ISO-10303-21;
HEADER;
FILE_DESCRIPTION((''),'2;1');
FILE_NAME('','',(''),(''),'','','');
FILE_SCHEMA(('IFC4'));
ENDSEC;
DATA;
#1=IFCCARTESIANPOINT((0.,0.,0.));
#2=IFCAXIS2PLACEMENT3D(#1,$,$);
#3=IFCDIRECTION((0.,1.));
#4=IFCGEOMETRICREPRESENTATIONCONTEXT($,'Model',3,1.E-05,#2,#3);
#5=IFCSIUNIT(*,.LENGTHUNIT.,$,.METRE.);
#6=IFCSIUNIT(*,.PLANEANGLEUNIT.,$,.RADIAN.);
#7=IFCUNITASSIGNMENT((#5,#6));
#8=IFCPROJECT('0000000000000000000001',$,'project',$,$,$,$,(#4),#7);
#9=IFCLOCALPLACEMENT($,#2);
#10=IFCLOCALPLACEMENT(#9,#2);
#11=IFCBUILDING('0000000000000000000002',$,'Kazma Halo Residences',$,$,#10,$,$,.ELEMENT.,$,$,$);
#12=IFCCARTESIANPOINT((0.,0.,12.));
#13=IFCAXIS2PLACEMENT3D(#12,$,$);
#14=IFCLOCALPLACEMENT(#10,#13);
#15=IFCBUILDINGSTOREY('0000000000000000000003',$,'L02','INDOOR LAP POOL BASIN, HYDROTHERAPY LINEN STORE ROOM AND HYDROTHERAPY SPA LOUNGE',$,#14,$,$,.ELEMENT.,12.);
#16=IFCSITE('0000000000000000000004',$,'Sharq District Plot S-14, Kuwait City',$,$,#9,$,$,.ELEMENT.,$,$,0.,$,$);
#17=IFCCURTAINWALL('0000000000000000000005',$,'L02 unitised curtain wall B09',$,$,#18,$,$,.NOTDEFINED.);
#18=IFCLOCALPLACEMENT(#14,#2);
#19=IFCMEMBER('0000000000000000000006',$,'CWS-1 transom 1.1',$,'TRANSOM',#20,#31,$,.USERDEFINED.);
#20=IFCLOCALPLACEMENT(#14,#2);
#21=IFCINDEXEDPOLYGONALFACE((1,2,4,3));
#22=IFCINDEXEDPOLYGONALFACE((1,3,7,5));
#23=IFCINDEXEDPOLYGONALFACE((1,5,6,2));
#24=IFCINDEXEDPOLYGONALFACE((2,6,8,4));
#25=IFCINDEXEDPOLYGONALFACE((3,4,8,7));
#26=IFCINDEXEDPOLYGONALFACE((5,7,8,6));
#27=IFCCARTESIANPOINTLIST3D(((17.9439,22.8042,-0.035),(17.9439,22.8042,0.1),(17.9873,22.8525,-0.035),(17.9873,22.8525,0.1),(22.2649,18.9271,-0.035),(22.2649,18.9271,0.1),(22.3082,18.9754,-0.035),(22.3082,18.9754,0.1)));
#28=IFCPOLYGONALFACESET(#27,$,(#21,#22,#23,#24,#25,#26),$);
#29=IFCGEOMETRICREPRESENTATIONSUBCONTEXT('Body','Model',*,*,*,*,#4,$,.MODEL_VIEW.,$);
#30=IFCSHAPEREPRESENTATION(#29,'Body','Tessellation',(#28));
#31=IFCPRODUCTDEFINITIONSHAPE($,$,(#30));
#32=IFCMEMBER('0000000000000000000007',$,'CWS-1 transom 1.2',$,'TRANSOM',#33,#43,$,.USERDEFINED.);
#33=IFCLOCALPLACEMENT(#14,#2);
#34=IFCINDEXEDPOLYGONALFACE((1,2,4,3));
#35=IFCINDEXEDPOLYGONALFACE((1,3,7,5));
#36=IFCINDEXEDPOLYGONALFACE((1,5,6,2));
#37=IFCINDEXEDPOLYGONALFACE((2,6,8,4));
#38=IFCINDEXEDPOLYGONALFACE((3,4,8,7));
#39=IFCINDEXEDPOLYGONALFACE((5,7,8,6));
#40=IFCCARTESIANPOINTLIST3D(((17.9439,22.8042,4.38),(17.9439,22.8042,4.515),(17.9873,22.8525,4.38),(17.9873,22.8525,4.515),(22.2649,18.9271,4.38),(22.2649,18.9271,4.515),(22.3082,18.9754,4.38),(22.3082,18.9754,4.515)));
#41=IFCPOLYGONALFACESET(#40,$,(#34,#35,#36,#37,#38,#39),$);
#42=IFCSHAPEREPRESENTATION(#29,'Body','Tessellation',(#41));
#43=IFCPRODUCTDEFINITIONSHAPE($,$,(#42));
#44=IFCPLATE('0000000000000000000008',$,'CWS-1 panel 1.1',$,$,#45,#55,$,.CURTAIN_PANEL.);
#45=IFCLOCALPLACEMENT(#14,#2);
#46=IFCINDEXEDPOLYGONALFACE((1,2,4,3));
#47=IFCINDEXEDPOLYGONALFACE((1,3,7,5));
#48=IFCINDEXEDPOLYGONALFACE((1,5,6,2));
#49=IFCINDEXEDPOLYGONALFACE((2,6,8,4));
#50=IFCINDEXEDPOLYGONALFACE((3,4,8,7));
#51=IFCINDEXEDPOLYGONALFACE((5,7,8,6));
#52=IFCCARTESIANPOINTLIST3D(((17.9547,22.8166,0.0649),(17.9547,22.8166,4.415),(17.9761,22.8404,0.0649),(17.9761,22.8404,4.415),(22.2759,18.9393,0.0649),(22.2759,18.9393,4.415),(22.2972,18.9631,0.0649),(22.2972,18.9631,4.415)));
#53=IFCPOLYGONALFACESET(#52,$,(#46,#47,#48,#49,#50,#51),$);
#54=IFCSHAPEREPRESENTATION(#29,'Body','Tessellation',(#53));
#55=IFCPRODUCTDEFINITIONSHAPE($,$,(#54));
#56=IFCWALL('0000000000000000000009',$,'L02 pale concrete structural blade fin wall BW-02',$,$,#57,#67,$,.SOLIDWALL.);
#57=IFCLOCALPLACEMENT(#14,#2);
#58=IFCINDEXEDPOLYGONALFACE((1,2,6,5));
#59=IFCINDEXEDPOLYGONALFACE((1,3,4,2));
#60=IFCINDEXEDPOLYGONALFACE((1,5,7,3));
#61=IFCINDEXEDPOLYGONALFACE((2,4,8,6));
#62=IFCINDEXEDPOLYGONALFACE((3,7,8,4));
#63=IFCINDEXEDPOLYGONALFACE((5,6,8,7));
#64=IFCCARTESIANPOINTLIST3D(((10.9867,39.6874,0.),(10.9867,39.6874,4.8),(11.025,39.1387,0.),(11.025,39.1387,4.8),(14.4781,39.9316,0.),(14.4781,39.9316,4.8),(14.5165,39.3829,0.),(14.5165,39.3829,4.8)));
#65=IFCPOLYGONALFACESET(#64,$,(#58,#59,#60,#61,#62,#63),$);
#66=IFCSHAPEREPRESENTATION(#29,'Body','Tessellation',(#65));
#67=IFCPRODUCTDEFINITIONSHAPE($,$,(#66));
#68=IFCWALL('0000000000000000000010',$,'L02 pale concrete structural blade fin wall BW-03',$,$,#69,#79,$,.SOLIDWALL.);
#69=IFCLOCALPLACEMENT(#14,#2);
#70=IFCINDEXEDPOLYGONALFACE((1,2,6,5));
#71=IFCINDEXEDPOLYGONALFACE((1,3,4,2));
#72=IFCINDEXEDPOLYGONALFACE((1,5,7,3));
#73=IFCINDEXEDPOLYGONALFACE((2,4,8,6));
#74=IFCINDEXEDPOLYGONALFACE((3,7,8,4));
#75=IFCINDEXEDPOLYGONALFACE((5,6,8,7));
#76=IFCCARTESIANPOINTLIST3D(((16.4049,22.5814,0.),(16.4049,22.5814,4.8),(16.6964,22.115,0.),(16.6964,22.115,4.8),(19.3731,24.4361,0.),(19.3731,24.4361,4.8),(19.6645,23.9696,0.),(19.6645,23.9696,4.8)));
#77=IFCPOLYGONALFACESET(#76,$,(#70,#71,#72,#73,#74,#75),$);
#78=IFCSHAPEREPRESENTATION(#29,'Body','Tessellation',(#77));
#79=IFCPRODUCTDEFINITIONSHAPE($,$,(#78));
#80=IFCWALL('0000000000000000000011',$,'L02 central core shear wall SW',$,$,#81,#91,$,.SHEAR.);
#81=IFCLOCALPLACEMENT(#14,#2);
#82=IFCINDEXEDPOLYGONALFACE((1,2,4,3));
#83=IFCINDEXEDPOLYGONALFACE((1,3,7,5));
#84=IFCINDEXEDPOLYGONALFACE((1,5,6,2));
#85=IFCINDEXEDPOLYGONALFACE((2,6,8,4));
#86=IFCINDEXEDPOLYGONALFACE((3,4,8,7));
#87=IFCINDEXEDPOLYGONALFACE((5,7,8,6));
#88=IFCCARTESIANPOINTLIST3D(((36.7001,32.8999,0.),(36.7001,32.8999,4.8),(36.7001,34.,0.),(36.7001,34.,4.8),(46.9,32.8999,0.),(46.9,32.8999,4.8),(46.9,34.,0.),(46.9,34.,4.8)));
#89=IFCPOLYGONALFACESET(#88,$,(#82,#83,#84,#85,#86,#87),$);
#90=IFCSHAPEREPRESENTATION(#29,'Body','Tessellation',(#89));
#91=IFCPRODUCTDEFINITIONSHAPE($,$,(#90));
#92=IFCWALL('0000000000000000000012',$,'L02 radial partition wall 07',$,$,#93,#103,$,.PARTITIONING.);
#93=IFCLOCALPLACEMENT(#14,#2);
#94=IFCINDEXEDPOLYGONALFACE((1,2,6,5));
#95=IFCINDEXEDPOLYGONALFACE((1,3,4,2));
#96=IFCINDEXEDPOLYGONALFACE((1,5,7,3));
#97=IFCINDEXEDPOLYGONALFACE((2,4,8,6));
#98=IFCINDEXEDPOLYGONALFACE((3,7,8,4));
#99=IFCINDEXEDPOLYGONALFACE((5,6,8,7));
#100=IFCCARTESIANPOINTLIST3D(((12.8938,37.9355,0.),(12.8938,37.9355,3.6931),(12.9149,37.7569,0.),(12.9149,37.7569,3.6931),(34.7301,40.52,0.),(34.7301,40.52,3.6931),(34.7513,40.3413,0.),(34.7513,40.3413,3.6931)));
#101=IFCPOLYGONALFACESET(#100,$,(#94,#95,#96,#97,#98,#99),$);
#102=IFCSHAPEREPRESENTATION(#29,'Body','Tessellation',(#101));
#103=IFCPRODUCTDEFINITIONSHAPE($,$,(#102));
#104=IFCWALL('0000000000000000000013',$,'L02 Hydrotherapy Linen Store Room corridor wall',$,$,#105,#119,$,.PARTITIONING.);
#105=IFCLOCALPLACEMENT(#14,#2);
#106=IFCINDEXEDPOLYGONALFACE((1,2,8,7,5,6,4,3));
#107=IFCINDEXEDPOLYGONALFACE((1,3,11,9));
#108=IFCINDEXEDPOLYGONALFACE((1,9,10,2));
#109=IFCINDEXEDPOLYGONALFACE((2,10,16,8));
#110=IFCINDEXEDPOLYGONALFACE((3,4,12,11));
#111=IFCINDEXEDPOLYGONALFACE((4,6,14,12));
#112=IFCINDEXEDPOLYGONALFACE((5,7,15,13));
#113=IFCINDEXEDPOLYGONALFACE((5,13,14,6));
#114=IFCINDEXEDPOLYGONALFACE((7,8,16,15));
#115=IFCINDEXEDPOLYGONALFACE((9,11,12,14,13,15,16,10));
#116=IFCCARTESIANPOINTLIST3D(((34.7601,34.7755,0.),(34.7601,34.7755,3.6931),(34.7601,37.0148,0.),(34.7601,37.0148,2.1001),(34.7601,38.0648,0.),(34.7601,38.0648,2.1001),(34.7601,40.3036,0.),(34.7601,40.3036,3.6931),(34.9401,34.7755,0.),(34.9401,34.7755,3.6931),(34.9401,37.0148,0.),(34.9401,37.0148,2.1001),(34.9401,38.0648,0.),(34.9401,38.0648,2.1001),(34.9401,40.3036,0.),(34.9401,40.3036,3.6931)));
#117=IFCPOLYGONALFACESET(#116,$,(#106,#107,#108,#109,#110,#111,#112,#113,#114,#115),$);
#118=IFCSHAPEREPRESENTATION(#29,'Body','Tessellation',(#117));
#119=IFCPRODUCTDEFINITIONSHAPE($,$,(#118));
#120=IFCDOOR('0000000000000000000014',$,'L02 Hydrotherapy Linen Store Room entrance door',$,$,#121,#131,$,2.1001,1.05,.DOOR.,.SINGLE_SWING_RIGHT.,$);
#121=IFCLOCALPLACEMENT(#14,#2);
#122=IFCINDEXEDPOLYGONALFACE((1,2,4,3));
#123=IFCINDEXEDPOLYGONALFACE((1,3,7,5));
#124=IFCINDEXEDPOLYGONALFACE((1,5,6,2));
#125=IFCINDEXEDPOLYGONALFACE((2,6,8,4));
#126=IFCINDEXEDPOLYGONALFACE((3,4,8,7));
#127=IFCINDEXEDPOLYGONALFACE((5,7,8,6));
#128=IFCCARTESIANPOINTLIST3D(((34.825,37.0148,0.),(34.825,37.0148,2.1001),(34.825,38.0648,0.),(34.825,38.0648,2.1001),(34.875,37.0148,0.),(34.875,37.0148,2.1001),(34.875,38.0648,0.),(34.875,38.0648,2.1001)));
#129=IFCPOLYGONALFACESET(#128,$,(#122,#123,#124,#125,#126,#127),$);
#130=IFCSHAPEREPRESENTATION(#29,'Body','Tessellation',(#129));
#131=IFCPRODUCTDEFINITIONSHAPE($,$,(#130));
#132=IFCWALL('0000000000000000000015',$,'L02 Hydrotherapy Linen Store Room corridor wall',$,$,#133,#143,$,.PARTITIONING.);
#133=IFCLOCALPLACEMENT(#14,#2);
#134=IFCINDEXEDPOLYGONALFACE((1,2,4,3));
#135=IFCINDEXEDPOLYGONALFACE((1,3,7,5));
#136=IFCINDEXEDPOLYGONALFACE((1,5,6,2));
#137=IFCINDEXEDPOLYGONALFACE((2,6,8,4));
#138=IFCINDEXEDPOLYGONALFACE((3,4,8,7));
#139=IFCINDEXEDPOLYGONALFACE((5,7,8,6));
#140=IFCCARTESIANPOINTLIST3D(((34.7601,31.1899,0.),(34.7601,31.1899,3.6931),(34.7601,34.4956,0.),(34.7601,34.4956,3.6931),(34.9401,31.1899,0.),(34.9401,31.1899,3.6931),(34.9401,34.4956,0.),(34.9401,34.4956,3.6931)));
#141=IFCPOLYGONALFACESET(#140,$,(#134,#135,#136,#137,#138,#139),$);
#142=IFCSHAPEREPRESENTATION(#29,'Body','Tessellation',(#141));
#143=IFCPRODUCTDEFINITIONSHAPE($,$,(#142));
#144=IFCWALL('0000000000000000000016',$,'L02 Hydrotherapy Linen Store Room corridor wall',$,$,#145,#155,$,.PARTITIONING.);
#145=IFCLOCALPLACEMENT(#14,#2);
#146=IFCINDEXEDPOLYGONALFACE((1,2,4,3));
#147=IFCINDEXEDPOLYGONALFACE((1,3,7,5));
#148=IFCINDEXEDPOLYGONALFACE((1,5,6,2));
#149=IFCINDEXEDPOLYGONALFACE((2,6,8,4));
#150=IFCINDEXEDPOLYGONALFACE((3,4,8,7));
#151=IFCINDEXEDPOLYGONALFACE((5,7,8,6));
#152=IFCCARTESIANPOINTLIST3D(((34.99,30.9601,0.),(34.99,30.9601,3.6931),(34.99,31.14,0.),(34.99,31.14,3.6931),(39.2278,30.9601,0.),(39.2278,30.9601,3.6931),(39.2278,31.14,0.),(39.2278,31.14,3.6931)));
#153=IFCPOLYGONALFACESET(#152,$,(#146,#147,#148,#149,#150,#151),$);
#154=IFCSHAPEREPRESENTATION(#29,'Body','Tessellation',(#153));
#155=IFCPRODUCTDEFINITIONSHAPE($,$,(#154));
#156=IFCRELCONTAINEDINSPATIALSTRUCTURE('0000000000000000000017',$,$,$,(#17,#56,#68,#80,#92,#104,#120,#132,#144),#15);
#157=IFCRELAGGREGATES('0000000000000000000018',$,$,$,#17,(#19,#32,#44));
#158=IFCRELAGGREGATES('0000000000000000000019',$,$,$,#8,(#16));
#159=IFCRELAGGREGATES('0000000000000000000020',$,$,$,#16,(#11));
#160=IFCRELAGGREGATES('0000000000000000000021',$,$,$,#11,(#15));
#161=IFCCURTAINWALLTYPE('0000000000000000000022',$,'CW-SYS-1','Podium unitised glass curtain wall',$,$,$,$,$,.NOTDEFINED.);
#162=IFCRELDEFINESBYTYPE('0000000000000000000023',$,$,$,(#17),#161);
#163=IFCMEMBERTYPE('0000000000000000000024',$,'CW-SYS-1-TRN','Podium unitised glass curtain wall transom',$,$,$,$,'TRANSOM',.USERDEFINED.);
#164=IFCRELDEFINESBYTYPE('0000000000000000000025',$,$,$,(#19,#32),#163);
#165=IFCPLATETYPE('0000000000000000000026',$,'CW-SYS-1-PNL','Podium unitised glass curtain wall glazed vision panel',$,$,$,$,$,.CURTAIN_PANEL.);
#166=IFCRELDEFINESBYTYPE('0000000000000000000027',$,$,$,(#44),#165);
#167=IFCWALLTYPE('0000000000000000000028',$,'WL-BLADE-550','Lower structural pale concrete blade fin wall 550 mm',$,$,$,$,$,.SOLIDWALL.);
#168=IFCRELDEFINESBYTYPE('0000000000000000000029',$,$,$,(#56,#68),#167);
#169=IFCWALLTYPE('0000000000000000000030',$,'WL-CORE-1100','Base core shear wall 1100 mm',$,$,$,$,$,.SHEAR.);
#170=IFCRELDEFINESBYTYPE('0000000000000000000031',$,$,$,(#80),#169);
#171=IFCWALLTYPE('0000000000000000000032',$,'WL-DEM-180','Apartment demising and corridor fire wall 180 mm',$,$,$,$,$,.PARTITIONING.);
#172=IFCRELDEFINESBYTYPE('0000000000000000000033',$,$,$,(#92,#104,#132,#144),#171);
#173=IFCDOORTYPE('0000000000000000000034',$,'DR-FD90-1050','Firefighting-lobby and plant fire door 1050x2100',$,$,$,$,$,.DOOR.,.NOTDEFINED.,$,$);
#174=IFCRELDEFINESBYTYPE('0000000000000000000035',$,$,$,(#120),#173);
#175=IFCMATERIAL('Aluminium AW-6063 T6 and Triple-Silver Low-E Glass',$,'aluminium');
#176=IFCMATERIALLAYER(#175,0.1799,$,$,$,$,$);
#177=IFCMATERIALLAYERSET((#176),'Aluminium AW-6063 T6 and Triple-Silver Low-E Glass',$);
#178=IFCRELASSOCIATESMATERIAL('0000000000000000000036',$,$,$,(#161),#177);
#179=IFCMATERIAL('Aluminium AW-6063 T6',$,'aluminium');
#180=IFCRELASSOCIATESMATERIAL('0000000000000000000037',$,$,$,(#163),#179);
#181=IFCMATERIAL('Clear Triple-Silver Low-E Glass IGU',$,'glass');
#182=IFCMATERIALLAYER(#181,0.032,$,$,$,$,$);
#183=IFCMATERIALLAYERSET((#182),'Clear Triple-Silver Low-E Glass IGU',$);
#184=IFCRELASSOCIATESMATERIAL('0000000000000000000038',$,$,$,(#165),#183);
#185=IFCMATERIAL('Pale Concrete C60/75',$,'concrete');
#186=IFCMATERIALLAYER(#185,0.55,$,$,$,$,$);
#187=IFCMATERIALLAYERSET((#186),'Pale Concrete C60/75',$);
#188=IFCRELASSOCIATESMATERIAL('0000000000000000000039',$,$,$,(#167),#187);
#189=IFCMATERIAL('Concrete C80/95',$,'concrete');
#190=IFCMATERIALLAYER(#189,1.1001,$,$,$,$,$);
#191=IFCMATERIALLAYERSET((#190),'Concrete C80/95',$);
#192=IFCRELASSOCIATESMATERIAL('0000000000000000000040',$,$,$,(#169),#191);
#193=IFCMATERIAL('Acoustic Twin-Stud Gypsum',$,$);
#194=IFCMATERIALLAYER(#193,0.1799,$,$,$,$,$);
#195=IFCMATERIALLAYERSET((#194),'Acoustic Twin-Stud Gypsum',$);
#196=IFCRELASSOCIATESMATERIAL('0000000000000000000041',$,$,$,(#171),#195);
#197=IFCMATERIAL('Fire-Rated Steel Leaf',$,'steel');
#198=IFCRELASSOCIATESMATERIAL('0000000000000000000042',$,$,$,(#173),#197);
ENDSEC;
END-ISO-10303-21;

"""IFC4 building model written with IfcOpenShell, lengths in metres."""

from ifc_helpers import new_model, si_unit, direction, frame, frame_2d, origin, origin_2d, place, context, subcontext, project, spatial, rectangle, extrude, material, layer, layer_set, material_profile, profile_set, type_object, element, fill, aggregate, save


model = new_model("IFC4")

# Units and contexts
model_context = context("Model", 3, precision=1e-05, world=origin(), true_north=direction((0.0, 1.0)))
body_context = subcontext(model_context, "Body", "Model", "MODEL_VIEW")
ifc_project = project(units=[si_unit("LENGTHUNIT", "METRE"), si_unit("PLANEANGLEUNIT", "RADIAN")], contexts=[model_context])

# Site, building, storey
site_placement = place(None, origin())
site = spatial("IfcSite", under=ifc_project, at=site_placement, Name="Sharq District Plot S-14, Kuwait City", CompositionType="ELEMENT", RefElevation=0.0)
building_placement = place(site_placement, origin())
building = spatial("IfcBuilding", under=site, at=building_placement, Name="Kazma Halo Residences", CompositionType="ELEMENT")
storey_placement = place(building_placement, frame((0.0, 0.0, 12.0)))
storey = spatial("IfcBuildingStorey", under=building, at=storey_placement, Name="L02", Description="INDOOR LAP POOL BASIN, HYDROTHERAPY LINEN STORE ROOM AND HYDROTHERAPY SPA LOUNGE", CompositionType="ELEMENT", Elevation=12.0)

# Shared definitions
ifc_material_1 = material(Name="Concrete C80/95", Category="concrete")

# Shared definitions
ifc_material_2 = material(Name="Aluminium AW-6063 T6 and Triple-Silver Low-E Glass", Category="aluminium")
ifc_layer_1 = layer(ifc_material_2, 0.1799)
ifc_layer_set_1 = layer_set([ifc_layer_1], Name="Aluminium AW-6063 T6 and Triple-Silver Low-E Glass")
curtain_wall_type = type_object("IfcCurtainWallType", Name="CW-SYS-1", Description="Podium unitised glass curtain wall", PredefinedType="NOTDEFINED", material=ifc_layer_set_1)
ifc_material_3 = material(Name="Aluminium AW-6063 T6", Category="aluminium")

# Curtain wall, members, plate
curtain_wall_1_placement = place(storey_placement, origin())
curtain_wall_1 = element("IfcCurtainWall", 1, at=curtain_wall_1_placement, inside=storey, type_object=curtain_wall_type, Name="L02 unitised curtain wall B09", PredefinedType="NOTDEFINED")
ifc_material_profile_1 = material_profile(ifc_material_3, rectangle(XDim=0.0649, YDim=0.135, at=origin_2d()), Name="CWT-65x135")
ifc_profile_set_1 = profile_set([ifc_material_profile_1], Name="Aluminium AW-6063 T6")
member_type_1 = type_object("IfcMemberType", Name="CW-SYS-1-TRN", Description="Podium unitised glass curtain wall transom", ElementType="TRANSOM", PredefinedType="USERDEFINED", material=ifc_profile_set_1)
member_1_placement = place(storey_placement, frame((17.9656, 22.8284, 0.0325), z_axis=(0.744299, -0.667846, 0.0), x_axis=(0.667846, 0.744299, 0.0)))
member_1 = element("IfcMember", 2, at=member_1_placement, type_object=member_type_1, Name="CWS-1 transom 1.1", ObjectType="TRANSOM", PredefinedType="USERDEFINED", context=body_context, shape_type="SweptSolid", body=[
    extrude(rectangle(XDim=0.0649, YDim=0.135, at=origin_2d()), origin(), (0.0, 0.0, 1.0), 5.8054),
])
member_2_placement = place(storey_placement, frame((17.9656, 22.8284, 4.4475), z_axis=(0.744299, -0.667846, 0.0), x_axis=(0.667846, 0.744299, 0.0)))
member_2 = element("IfcMember", 3, at=member_2_placement, type_object=member_type_1, Name="CWS-1 transom 1.2", ObjectType="TRANSOM", PredefinedType="USERDEFINED", context=body_context, shape_type="SweptSolid", body=[
    extrude(rectangle(XDim=0.0649, YDim=0.135, at=origin_2d()), origin(), (0.0, 0.0, 1.0), 5.8054),
])
ifc_material_4 = material(Name="Clear Triple-Silver Low-E Glass IGU", Category="glass")
ifc_layer_2 = layer(ifc_material_4, 0.032)
ifc_layer_set_2 = layer_set([ifc_layer_2], Name="Clear Triple-Silver Low-E Glass IGU")
plate_type = type_object("IfcPlateType", Name="CW-SYS-1-PNL", Description="Podium unitised glass curtain wall glazed vision panel", PredefinedType="CURTAIN_PANEL", material=ifc_layer_set_2)
plate_placement = place(storey_placement, frame((20.126, 20.8899, 0.0649), z_axis=(0.0, 0.0, 1.0), x_axis=(0.744298, -0.667848, 0.0)))
plate = element("IfcPlate", 4, at=plate_placement, type_object=plate_type, Name="CWS-1 panel 1.1", PredefinedType="CURTAIN_PANEL", context=body_context, shape_type="SweptSolid", body=[
    extrude(rectangle(XDim=5.8057, YDim=0.032, at=origin_2d()), origin(), (0.0, 0.0, 1.0), 4.3501),
])
aggregate(curtain_wall_1, [member_1, member_2, plate])

# Walls
ifc_material_5 = material(Name="Pale Concrete C60/75", Category="concrete")
ifc_layer_3 = layer(ifc_material_5, 0.55)
ifc_layer_set_3 = layer_set([ifc_layer_3], Name="Pale Concrete C60/75")
wall_type_1 = type_object("IfcWallType", Name="WL-BLADE-550", Description="Lower structural pale concrete blade fin wall 550 mm", PredefinedType="SOLIDWALL", material=ifc_layer_set_3)
for number, where, z_axis, x_axis, name in (
    (5, (14.4973, 39.6572, 0.0), (0.0, 0.0, 1.0), (-0.997564, -0.069755, 0.0), "L02 pale concrete structural blade fin wall BW-02"),
    (6, (19.5188, 24.2029, 0.0), (0.0, 0.0, 1.0), (-0.848053, -0.529911, 0.0), "L02 pale concrete structural blade fin wall BW-03"),
):
    element("IfcWall", number, at=place(storey_placement, frame(where, z_axis=z_axis, x_axis=x_axis)), inside=storey, type_object=wall_type_1, Name=name, PredefinedType="SOLIDWALL", context=body_context, shape_type="SweptSolid", body=[
        extrude(rectangle(XDim=3.5, YDim=0.55, at=frame_2d((1.75, 0.0))), origin(), (0.0, 0.0, 1.0), 4.8),
    ])
ifc_layer_4 = layer(ifc_material_1, 1.1001)
ifc_layer_set_4 = layer_set([ifc_layer_4], Name="Concrete C80/95")
wall_type_2 = type_object("IfcWallType", Name="WL-CORE-1100", Description="Base core shear wall 1100 mm", PredefinedType="SHEAR", material=ifc_layer_set_4)
wall_1_placement = place(storey_placement, frame((36.7, 33.45, 0.0), z_axis=(0.0, 0.0, 1.0), x_axis=(1.0, 0.0, 0.0)))
element("IfcWall", 7, at=wall_1_placement, inside=storey, type_object=wall_type_2, Name="L02 central core shear wall SW", PredefinedType="SHEAR", context=body_context, shape_type="SweptSolid", body=[
    extrude(rectangle(XDim=10.2, YDim=1.1001, at=frame_2d((5.1001, 0.0))), origin(), (0.0, 0.0, 1.0), 4.8),
])
ifc_material_6 = material(Name="Acoustic Twin-Stud Gypsum")
ifc_layer_5 = layer(ifc_material_6, 0.1799)
ifc_layer_set_5 = layer_set([ifc_layer_5], Name="Acoustic Twin-Stud Gypsum")
wall_type_3 = type_object("IfcWallType", Name="WL-DEM-180", Description="Apartment demising and corridor fire wall 180 mm", PredefinedType="PARTITIONING", material=ifc_layer_set_5)
wall_2_placement = place(storey_placement, frame((34.7407, 40.4307, 0.0), z_axis=(0.0, 0.0, 1.0), x_axis=(-0.993069, -0.117536, 0.0)))
element("IfcWall", 8, at=wall_2_placement, inside=storey, type_object=wall_type_3, Name="L02 radial partition wall 07", PredefinedType="PARTITIONING", context=body_context, shape_type="SweptSolid", body=[
    extrude(rectangle(XDim=21.9888, YDim=0.1799, at=frame_2d((10.9944, 0.0))), origin(), (0.0, 0.0, 1.0), 3.6931),
])

# Wall, opening, door
wall_3_placement = place(storey_placement, frame((34.8501, 40.3037, 0.0), z_axis=(0.0, 0.0, 1.0), x_axis=(0.0, -1.0, 0.0)))
wall_3 = element("IfcWall", 9, at=wall_3_placement, inside=storey, type_object=wall_type_3, Name="L02 Hydrotherapy Linen Store Room corridor wall", PredefinedType="PARTITIONING", context=body_context, shape_type="SweptSolid", body=[
    extrude(rectangle(XDim=5.5281, YDim=0.1799, at=frame_2d((2.7642, 0.0))), origin(), (0.0, 0.0, 1.0), 3.6931),
])
opening_1_placement = place(wall_3_placement, frame((2.239, 0.0, 0.0)))
opening_1 = element("IfcOpeningElement", 10, at=opening_1_placement, cuts=wall_3, PredefinedType="OPENING", context=body_context, shape_type="SweptSolid", body=[
    extrude(rectangle(XDim=1.05, YDim=2.1001, at=frame_2d((0.5249, 1.05))), frame((0.0, 0.0999, 0.0), z_axis=(0.0, -1.0, 0.0), x_axis=(1.0, 0.0, 0.0)), (0.0, 0.0, 1.0), 0.2),
])
ifc_material_7 = material(Name="Fire-Rated Steel Leaf", Category="steel")
door_type = type_object("IfcDoorType", Name="DR-FD90-1050", Description="Firefighting-lobby and plant fire door 1050x2100", OperationType="NOTDEFINED", PredefinedType="DOOR", material=ifc_material_7)
door_placement = place(opening_1_placement, origin())
door = element("IfcDoor", 11, at=door_placement, inside=storey, type_object=door_type, Name="L02 Hydrotherapy Linen Store Room entrance door", OperationType="SINGLE_SWING_RIGHT", OverallHeight=2.1001, OverallWidth=1.05, PredefinedType="DOOR", context=body_context, shape_type="SweptSolid", body=[
    extrude(rectangle(XDim=1.05, YDim=2.1001, at=frame_2d((0.5249, 1.05))), frame((0.0, 0.0249, 0.0), z_axis=(0.0, -1.0, 0.0), x_axis=(1.0, 0.0, 0.0)), (0.0, 0.0, 1.0), 0.05),
])
fill(opening_1, door)

# Walls
wall_4_placement = place(storey_placement, frame((34.8501, 34.4956, 0.0), z_axis=(0.0, 0.0, 1.0), x_axis=(0.0, -1.0, 0.0)))
element("IfcWall", 12, at=wall_4_placement, inside=storey, type_object=wall_type_3, Name="L02 Hydrotherapy Linen Store Room corridor wall", PredefinedType="PARTITIONING", context=body_context, shape_type="SweptSolid", body=[
    extrude(rectangle(XDim=3.3057, YDim=0.1799, at=frame_2d((1.6528, 0.0))), origin(), (0.0, 0.0, 1.0), 3.6931),
])
wall_5_placement = place(storey_placement, frame((34.99, 31.05, 0.0), z_axis=(0.0, 0.0, 1.0), x_axis=(1.0, 0.0, 0.0)))
element("IfcWall", 13, at=wall_5_placement, inside=storey, type_object=wall_type_3, Name="L02 Hydrotherapy Linen Store Room corridor wall", PredefinedType="PARTITIONING", context=body_context, shape_type="SweptSolid", body=[
    extrude(rectangle(XDim=4.2378, YDim=0.1799, at=frame_2d((2.1189, 0.0))), origin(), (0.0, 0.0, 1.0), 3.6931),
])

save(model, "model.ifc")
